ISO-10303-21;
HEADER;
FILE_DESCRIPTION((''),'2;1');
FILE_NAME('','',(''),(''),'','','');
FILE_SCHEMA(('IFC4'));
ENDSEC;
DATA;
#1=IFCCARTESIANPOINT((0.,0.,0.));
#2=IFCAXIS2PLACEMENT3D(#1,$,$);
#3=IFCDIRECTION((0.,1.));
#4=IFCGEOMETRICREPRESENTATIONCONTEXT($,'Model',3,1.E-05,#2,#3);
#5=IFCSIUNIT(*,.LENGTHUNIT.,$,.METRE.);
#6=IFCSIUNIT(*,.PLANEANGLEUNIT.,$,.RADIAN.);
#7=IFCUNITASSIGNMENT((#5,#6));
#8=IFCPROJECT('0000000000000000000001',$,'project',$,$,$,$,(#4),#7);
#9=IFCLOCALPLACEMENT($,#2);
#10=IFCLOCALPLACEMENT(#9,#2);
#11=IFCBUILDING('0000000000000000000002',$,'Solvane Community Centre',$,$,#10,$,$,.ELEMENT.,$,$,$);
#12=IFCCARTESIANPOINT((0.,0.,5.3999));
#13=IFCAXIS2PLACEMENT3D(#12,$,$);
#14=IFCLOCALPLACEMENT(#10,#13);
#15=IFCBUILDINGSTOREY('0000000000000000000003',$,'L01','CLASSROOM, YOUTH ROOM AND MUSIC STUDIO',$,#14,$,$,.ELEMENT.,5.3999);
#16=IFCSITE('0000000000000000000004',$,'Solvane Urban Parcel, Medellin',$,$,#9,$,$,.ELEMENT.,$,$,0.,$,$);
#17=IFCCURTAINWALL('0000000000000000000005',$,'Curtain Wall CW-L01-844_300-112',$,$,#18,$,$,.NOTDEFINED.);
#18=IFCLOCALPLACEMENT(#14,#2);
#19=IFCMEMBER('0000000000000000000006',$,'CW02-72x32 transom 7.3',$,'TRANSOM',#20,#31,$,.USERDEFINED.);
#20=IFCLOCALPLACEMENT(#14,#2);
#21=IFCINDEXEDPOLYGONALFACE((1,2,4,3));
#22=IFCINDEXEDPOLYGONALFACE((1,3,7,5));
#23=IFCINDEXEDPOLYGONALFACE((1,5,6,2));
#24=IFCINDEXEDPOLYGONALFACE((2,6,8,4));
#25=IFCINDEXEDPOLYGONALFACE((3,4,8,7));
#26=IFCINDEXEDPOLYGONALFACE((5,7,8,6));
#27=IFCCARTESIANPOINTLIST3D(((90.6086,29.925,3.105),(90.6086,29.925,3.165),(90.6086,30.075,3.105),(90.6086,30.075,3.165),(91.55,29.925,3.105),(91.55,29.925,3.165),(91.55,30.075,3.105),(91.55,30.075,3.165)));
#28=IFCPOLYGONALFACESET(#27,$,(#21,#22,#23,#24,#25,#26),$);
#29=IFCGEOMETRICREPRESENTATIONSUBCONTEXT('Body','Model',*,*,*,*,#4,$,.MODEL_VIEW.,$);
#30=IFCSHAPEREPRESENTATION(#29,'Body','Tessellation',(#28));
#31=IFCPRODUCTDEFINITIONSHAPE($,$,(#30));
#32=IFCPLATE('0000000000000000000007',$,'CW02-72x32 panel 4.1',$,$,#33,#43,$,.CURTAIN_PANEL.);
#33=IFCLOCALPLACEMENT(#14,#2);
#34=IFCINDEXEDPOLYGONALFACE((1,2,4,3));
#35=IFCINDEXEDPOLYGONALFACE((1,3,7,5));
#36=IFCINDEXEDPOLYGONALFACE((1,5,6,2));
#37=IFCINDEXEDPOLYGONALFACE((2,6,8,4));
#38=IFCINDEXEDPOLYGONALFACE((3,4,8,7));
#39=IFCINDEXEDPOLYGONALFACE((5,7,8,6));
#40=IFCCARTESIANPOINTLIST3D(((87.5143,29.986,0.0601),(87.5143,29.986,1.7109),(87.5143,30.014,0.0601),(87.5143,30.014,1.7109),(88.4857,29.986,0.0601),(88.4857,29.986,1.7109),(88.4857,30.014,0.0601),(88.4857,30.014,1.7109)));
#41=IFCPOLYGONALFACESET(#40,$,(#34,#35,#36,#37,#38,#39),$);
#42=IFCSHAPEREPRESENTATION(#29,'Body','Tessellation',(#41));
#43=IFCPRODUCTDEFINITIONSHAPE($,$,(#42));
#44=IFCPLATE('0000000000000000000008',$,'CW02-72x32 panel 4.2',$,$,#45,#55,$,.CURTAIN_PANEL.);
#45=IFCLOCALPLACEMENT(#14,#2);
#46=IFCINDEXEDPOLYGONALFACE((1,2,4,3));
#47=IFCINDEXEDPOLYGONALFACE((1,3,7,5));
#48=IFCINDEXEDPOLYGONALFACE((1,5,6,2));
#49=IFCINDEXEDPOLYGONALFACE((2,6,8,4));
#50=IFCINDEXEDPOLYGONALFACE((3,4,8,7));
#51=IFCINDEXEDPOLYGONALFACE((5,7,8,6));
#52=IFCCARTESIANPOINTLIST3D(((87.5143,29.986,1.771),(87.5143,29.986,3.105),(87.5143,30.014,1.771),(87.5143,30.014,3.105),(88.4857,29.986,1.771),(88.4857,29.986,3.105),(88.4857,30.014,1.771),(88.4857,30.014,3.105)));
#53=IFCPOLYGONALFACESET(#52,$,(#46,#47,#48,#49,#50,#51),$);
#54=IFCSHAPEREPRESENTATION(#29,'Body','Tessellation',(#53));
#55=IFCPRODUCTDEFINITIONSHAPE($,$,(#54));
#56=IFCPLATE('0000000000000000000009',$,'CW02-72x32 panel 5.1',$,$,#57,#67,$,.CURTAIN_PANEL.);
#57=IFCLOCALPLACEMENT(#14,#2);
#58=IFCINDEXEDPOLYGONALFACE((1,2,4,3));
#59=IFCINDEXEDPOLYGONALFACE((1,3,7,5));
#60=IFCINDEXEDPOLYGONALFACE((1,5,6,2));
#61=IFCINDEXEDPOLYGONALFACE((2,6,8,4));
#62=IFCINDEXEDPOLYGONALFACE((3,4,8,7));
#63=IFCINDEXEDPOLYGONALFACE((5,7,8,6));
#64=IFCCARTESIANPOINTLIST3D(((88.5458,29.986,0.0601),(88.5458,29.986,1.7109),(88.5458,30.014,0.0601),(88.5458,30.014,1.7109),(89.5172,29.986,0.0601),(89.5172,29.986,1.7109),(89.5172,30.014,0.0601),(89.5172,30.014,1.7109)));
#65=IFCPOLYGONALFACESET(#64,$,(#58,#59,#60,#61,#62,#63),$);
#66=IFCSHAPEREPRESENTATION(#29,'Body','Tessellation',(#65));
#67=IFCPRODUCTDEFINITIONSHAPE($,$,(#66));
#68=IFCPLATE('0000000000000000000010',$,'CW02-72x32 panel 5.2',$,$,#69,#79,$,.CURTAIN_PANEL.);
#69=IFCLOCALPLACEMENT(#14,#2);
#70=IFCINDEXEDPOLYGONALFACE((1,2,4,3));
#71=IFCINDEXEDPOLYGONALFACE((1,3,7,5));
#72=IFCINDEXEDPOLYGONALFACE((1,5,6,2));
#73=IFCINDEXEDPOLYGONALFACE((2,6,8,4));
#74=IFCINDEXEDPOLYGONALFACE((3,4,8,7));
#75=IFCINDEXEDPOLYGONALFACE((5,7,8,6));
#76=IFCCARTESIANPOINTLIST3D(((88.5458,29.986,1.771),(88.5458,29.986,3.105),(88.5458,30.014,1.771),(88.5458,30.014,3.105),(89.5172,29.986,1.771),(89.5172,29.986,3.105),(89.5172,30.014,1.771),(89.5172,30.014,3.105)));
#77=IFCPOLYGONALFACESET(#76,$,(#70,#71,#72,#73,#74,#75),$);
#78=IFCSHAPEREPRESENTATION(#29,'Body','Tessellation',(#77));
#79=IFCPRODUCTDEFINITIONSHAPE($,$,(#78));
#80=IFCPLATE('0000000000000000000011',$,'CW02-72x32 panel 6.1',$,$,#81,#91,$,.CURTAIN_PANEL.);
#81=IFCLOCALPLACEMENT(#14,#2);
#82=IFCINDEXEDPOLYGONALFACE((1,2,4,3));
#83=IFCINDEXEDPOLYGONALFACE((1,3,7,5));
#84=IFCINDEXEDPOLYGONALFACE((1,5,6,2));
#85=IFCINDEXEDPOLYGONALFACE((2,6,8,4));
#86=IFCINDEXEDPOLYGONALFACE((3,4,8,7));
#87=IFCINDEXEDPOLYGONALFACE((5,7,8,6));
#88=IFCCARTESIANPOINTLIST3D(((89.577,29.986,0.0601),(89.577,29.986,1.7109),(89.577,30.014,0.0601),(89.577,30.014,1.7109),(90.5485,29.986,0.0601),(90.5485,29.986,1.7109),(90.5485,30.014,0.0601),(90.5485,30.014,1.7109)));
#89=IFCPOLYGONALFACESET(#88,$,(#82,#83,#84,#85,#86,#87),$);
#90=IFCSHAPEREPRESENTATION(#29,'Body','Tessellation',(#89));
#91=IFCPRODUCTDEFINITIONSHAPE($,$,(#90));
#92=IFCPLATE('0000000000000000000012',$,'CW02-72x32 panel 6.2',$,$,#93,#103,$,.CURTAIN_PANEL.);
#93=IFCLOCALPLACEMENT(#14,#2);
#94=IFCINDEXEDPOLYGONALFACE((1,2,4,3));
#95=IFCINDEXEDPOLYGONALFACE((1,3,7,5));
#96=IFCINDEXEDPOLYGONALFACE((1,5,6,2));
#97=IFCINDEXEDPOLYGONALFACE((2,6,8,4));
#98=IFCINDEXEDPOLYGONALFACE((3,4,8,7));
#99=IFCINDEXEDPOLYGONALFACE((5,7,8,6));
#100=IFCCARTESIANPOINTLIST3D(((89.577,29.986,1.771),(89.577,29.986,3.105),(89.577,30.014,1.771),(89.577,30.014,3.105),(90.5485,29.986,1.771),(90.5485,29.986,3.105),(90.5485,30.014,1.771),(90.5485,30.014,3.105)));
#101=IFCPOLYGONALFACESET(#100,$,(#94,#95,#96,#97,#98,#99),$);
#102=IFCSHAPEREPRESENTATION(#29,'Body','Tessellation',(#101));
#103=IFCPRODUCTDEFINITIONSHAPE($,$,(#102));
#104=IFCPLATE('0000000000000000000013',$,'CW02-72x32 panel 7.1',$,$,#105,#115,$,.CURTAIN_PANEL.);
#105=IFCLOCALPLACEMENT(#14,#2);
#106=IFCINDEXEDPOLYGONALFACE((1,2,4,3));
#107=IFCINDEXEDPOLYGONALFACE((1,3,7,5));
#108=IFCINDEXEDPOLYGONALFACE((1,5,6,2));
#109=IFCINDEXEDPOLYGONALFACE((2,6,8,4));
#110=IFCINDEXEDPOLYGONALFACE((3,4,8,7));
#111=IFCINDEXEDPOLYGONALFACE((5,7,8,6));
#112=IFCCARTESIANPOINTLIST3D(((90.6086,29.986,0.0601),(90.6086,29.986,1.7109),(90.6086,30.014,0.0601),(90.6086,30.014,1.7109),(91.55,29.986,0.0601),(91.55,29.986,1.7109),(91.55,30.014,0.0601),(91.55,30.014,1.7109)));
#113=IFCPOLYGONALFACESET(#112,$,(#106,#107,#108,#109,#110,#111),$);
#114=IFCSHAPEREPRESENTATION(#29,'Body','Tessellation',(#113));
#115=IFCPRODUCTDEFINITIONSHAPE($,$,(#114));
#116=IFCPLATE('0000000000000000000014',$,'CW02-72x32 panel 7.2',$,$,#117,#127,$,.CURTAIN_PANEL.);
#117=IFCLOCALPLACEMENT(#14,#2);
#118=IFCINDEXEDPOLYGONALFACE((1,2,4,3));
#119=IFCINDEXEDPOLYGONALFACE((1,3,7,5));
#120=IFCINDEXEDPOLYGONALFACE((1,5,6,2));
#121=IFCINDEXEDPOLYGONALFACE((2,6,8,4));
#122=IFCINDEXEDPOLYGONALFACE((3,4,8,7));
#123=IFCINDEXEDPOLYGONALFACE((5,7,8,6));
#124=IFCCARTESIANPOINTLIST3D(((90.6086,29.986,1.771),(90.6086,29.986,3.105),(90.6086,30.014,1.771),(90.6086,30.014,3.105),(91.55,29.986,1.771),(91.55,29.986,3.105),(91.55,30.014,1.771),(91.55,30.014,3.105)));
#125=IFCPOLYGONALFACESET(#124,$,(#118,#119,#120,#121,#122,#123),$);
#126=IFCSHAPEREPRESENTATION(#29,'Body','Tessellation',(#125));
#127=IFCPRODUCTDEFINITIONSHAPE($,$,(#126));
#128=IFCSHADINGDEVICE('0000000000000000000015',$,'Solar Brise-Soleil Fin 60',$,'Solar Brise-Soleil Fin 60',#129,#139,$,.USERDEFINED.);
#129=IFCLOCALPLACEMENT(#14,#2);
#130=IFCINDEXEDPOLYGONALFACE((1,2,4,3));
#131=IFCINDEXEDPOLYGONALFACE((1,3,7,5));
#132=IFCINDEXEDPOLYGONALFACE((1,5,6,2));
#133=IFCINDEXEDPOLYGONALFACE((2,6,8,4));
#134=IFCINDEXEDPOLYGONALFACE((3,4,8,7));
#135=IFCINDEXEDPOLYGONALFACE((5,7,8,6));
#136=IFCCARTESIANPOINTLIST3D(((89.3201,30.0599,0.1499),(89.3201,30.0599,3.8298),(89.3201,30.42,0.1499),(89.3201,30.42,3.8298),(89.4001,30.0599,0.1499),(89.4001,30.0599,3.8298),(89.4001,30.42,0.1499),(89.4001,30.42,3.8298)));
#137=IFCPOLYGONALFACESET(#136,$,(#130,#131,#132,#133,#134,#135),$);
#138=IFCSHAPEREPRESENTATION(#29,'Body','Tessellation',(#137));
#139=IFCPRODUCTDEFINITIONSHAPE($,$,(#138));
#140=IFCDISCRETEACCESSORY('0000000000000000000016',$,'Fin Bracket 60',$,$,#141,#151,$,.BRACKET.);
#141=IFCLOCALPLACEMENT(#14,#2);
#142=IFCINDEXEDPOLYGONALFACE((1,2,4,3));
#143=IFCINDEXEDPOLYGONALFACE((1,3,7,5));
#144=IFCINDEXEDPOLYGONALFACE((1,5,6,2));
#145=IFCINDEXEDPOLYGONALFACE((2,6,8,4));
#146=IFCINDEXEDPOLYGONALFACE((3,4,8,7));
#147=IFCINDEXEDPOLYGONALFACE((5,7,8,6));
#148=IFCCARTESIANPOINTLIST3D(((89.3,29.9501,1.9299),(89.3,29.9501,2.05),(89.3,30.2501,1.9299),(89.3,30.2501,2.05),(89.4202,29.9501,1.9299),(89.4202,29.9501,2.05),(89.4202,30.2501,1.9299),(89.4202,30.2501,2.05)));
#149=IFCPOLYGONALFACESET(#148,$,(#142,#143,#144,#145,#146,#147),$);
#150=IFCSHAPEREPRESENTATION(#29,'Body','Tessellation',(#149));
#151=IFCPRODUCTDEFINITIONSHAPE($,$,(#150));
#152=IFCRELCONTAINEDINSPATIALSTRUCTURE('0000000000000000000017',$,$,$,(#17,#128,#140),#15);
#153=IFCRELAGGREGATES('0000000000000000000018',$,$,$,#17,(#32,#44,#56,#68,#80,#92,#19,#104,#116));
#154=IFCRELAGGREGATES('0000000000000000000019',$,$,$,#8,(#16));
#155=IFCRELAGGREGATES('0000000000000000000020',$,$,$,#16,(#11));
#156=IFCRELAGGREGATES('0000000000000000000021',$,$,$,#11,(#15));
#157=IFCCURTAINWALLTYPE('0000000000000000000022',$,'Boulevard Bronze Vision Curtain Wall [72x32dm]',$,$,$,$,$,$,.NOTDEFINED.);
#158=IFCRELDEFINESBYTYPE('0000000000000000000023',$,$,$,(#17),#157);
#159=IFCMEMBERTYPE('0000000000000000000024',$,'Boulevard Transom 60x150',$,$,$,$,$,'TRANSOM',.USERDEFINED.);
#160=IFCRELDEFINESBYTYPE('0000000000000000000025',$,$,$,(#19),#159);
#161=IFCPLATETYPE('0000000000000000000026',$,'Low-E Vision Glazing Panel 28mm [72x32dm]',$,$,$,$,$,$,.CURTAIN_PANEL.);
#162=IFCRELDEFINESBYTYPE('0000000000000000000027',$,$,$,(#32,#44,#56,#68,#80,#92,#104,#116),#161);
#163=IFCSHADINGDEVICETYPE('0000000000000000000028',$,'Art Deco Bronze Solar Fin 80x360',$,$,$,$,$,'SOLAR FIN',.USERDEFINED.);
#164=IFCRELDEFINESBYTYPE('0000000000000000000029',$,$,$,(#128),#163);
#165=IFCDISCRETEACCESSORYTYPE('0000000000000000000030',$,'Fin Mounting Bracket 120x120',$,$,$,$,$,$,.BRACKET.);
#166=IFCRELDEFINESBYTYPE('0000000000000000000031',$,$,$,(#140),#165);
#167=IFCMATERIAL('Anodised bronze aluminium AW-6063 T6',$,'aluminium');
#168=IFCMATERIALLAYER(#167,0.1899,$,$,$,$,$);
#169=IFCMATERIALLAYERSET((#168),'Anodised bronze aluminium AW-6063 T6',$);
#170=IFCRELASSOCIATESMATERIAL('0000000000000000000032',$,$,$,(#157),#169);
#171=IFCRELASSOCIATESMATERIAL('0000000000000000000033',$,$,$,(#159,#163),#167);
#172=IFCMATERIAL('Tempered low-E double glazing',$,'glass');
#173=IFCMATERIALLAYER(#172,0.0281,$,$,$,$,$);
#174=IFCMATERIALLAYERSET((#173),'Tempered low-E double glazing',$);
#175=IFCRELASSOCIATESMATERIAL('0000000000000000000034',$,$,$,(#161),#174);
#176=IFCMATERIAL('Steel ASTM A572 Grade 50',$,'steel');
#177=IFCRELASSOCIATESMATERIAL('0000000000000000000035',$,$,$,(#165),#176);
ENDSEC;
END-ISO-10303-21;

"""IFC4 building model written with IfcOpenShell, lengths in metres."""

from ifc_helpers import new_model, si_unit, direction, frame, origin, origin_2d, place, context, subcontext, project, spatial, rectangle, extrude, material, layer, layer_set, material_profile, profile_set, type_object, element, aggregate, save


model = new_model("IFC4")

# Units and contexts
model_context = context("Model", 3, precision=1e-05, world=origin(), true_north=direction((0.0, 1.0)))
body_context = subcontext(model_context, "Body", "Model", "MODEL_VIEW")
ifc_project = project(units=[si_unit("LENGTHUNIT", "METRE"), si_unit("PLANEANGLEUNIT", "RADIAN")], contexts=[model_context])

# Site, building, storey
site_placement = place(None, origin())
site = spatial("IfcSite", under=ifc_project, at=site_placement, Name="Solvane Urban Parcel, Medellin", CompositionType="ELEMENT", RefElevation=0.0)
building_placement = place(site_placement, origin())
building = spatial("IfcBuilding", under=site, at=building_placement, Name="Solvane Community Centre", CompositionType="ELEMENT")
storey_placement = place(building_placement, frame((0.0, 0.0, 5.3999)))
storey = spatial("IfcBuildingStorey", under=building, at=storey_placement, Name="L01", Description="CLASSROOM, YOUTH ROOM AND MUSIC STUDIO", CompositionType="ELEMENT", Elevation=5.3999)

# Curtain wall, member, plates
ifc_material_1 = material(Name="Anodised bronze aluminium AW-6063 T6", Category="aluminium")
ifc_layer_1 = layer(ifc_material_1, 0.1899)
ifc_layer_set_1 = layer_set([ifc_layer_1], Name="Anodised bronze aluminium AW-6063 T6")
curtain_wall_type = type_object("IfcCurtainWallType", Name="Boulevard Bronze Vision Curtain Wall [72x32dm]", PredefinedType="NOTDEFINED", material=ifc_layer_set_1)
curtain_wall_placement = place(storey_placement, origin())
curtain_wall = element("IfcCurtainWall", 1, at=curtain_wall_placement, inside=storey, type_object=curtain_wall_type, Name="Curtain Wall CW-L01-844_300-112", PredefinedType="NOTDEFINED")
ifc_material_profile_1 = material_profile(ifc_material_1, rectangle(XDim=0.1499, YDim=0.0601, at=origin_2d()), Name="CW-T 60x150")
ifc_profile_set_1 = profile_set([ifc_material_profile_1], Name="Anodised bronze aluminium AW-6063 T6")
member_type_1 = type_object("IfcMemberType", Name="Boulevard Transom 60x150", ElementType="TRANSOM", PredefinedType="USERDEFINED", material=ifc_profile_set_1)
member_1_placement = place(storey_placement, frame((90.6086, 30.0, 3.135), z_axis=(1.0, 0.0, 0.0), x_axis=(0.0, 1.0, 0.0)))
member_1 = element("IfcMember", 2, at=member_1_placement, type_object=member_type_1, Name="CW02-72x32 transom 7.3", ObjectType="TRANSOM", PredefinedType="USERDEFINED", context=body_context, shape_type="SweptSolid", body=[
    extrude(rectangle(XDim=0.1499, YDim=0.0601, at=origin_2d()), origin(), (0.0, 0.0, 1.0), 0.9414),
])
ifc_material_2 = material(Name="Tempered low-E double glazing", Category="glass")
ifc_layer_2 = layer(ifc_material_2, 0.0281)
ifc_layer_set_2 = layer_set([ifc_layer_2], Name="Tempered low-E double glazing")
plate_type = type_object("IfcPlateType", Name="Low-E Vision Glazing Panel 28mm [72x32dm]", PredefinedType="CURTAIN_PANEL", material=ifc_layer_set_2)
plate_1_placement = place(storey_placement, frame((88.0, 30.0, 0.0601), z_axis=(0.0, 0.0, 1.0), x_axis=(1.0, 0.0, 0.0)))
plate_1 = element("IfcPlate", 3, at=plate_1_placement, type_object=plate_type, Name="CW02-72x32 panel 4.1", PredefinedType="CURTAIN_PANEL", context=body_context, shape_type="SweptSolid", body=[
    extrude(rectangle(XDim=0.9714, YDim=0.0281, at=origin_2d()), origin(), (0.0, 0.0, 1.0), 1.6509),
])
plate_2_placement = place(storey_placement, frame((88.0, 30.0, 1.771), z_axis=(0.0, 0.0, 1.0), x_axis=(1.0, 0.0, 0.0)))
plate_2 = element("IfcPlate", 4, at=plate_2_placement, type_object=plate_type, Name="CW02-72x32 panel 4.2", PredefinedType="CURTAIN_PANEL", context=body_context, shape_type="SweptSolid", body=[
    extrude(rectangle(XDim=0.9714, YDim=0.0281, at=origin_2d()), origin(), (0.0, 0.0, 1.0), 1.334),
])
plate_3_placement = place(storey_placement, frame((89.0315, 30.0, 0.0601), z_axis=(0.0, 0.0, 1.0), x_axis=(1.0, 0.0, 0.0)))
plate_3 = element("IfcPlate", 5, at=plate_3_placement, type_object=plate_type, Name="CW02-72x32 panel 5.1", PredefinedType="CURTAIN_PANEL", context=body_context, shape_type="SweptSolid", body=[
    extrude(rectangle(XDim=0.9714, YDim=0.0281, at=origin_2d()), origin(), (0.0, 0.0, 1.0), 1.6509),
])
plate_4_placement = place(storey_placement, frame((89.0315, 30.0, 1.771), z_axis=(0.0, 0.0, 1.0), x_axis=(1.0, 0.0, 0.0)))
plate_4 = element("IfcPlate", 6, at=plate_4_placement, type_object=plate_type, Name="CW02-72x32 panel 5.2", PredefinedType="CURTAIN_PANEL", context=body_context, shape_type="SweptSolid", body=[
    extrude(rectangle(XDim=0.9714, YDim=0.0281, at=origin_2d()), origin(), (0.0, 0.0, 1.0), 1.334),
])
plate_5_placement = place(storey_placement, frame((90.0627, 30.0, 0.0601), z_axis=(0.0, 0.0, 1.0), x_axis=(1.0, 0.0, 0.0)))
plate_5 = element("IfcPlate", 7, at=plate_5_placement, type_object=plate_type, Name="CW02-72x32 panel 6.1", PredefinedType="CURTAIN_PANEL", context=body_context, shape_type="SweptSolid", body=[
    extrude(rectangle(XDim=0.9714, YDim=0.0281, at=origin_2d()), origin(), (0.0, 0.0, 1.0), 1.6509),
])
plate_6_placement = place(storey_placement, frame((90.0627, 30.0, 1.771), z_axis=(0.0, 0.0, 1.0), x_axis=(1.0, 0.0, 0.0)))
plate_6 = element("IfcPlate", 8, at=plate_6_placement, type_object=plate_type, Name="CW02-72x32 panel 6.2", PredefinedType="CURTAIN_PANEL", context=body_context, shape_type="SweptSolid", body=[
    extrude(rectangle(XDim=0.9714, YDim=0.0281, at=origin_2d()), origin(), (0.0, 0.0, 1.0), 1.334),
])
plate_7_placement = place(storey_placement, frame((91.0793, 30.0, 0.0601), z_axis=(0.0, 0.0, 1.0), x_axis=(1.0, 0.0, 0.0)))
plate_7 = element("IfcPlate", 9, at=plate_7_placement, type_object=plate_type, Name="CW02-72x32 panel 7.1", PredefinedType="CURTAIN_PANEL", context=body_context, shape_type="SweptSolid", body=[
    extrude(rectangle(XDim=0.9414, YDim=0.0281, at=origin_2d()), origin(), (0.0, 0.0, 1.0), 1.6509),
])
plate_8_placement = place(storey_placement, frame((91.0793, 30.0, 1.771), z_axis=(0.0, 0.0, 1.0), x_axis=(1.0, 0.0, 0.0)))
plate_8 = element("IfcPlate", 10, at=plate_8_placement, type_object=plate_type, Name="CW02-72x32 panel 7.2", PredefinedType="CURTAIN_PANEL", context=body_context, shape_type="SweptSolid", body=[
    extrude(rectangle(XDim=0.9414, YDim=0.0281, at=origin_2d()), origin(), (0.0, 0.0, 1.0), 1.334),
])
aggregate(curtain_wall, [plate_1, plate_2, plate_3, plate_4, plate_5, plate_6, member_1, plate_7, plate_8])

# Shading device
shading_device_type = type_object("IfcShadingDeviceType", Name="Art Deco Bronze Solar Fin 80x360", ElementType="SOLAR FIN", PredefinedType="USERDEFINED", material=ifc_material_1)
shading_device_placement = place(storey_placement, frame((89.3601, 30.24, 0.1499), z_axis=(0.0, 0.0, 1.0), x_axis=(1.0, 0.0, 0.0)))
element("IfcShadingDevice", 11, at=shading_device_placement, inside=storey, type_object=shading_device_type, Name="Solar Brise-Soleil Fin 60", ObjectType="Solar Brise-Soleil Fin 60", PredefinedType="USERDEFINED", context=body_context, shape_type="SweptSolid", body=[
    extrude(rectangle(XDim=0.0801, YDim=0.3601, at=origin_2d()), origin(), (0.0, 0.0, 1.0), 3.6799),
])

# Discrete accessory
ifc_material_3 = material(Name="Steel ASTM A572 Grade 50", Category="steel")
discrete_accessory_type = type_object("IfcDiscreteAccessoryType", Name="Fin Mounting Bracket 120x120", PredefinedType="BRACKET", material=ifc_material_3)
discrete_accessory_placement = place(storey_placement, frame((89.3601, 30.1001, 1.9299), z_axis=(0.0, 0.0, 1.0), x_axis=(1.0, 0.0, 0.0)))
element("IfcDiscreteAccessory", 12, at=discrete_accessory_placement, inside=storey, type_object=discrete_accessory_type, Name="Fin Bracket 60", PredefinedType="BRACKET", context=body_context, shape_type="SweptSolid", body=[
    extrude(rectangle(XDim=0.1201, YDim=0.3, at=origin_2d()), origin(), (0.0, 0.0, 1.0), 0.1201),
])

save(model, "model.ifc")
